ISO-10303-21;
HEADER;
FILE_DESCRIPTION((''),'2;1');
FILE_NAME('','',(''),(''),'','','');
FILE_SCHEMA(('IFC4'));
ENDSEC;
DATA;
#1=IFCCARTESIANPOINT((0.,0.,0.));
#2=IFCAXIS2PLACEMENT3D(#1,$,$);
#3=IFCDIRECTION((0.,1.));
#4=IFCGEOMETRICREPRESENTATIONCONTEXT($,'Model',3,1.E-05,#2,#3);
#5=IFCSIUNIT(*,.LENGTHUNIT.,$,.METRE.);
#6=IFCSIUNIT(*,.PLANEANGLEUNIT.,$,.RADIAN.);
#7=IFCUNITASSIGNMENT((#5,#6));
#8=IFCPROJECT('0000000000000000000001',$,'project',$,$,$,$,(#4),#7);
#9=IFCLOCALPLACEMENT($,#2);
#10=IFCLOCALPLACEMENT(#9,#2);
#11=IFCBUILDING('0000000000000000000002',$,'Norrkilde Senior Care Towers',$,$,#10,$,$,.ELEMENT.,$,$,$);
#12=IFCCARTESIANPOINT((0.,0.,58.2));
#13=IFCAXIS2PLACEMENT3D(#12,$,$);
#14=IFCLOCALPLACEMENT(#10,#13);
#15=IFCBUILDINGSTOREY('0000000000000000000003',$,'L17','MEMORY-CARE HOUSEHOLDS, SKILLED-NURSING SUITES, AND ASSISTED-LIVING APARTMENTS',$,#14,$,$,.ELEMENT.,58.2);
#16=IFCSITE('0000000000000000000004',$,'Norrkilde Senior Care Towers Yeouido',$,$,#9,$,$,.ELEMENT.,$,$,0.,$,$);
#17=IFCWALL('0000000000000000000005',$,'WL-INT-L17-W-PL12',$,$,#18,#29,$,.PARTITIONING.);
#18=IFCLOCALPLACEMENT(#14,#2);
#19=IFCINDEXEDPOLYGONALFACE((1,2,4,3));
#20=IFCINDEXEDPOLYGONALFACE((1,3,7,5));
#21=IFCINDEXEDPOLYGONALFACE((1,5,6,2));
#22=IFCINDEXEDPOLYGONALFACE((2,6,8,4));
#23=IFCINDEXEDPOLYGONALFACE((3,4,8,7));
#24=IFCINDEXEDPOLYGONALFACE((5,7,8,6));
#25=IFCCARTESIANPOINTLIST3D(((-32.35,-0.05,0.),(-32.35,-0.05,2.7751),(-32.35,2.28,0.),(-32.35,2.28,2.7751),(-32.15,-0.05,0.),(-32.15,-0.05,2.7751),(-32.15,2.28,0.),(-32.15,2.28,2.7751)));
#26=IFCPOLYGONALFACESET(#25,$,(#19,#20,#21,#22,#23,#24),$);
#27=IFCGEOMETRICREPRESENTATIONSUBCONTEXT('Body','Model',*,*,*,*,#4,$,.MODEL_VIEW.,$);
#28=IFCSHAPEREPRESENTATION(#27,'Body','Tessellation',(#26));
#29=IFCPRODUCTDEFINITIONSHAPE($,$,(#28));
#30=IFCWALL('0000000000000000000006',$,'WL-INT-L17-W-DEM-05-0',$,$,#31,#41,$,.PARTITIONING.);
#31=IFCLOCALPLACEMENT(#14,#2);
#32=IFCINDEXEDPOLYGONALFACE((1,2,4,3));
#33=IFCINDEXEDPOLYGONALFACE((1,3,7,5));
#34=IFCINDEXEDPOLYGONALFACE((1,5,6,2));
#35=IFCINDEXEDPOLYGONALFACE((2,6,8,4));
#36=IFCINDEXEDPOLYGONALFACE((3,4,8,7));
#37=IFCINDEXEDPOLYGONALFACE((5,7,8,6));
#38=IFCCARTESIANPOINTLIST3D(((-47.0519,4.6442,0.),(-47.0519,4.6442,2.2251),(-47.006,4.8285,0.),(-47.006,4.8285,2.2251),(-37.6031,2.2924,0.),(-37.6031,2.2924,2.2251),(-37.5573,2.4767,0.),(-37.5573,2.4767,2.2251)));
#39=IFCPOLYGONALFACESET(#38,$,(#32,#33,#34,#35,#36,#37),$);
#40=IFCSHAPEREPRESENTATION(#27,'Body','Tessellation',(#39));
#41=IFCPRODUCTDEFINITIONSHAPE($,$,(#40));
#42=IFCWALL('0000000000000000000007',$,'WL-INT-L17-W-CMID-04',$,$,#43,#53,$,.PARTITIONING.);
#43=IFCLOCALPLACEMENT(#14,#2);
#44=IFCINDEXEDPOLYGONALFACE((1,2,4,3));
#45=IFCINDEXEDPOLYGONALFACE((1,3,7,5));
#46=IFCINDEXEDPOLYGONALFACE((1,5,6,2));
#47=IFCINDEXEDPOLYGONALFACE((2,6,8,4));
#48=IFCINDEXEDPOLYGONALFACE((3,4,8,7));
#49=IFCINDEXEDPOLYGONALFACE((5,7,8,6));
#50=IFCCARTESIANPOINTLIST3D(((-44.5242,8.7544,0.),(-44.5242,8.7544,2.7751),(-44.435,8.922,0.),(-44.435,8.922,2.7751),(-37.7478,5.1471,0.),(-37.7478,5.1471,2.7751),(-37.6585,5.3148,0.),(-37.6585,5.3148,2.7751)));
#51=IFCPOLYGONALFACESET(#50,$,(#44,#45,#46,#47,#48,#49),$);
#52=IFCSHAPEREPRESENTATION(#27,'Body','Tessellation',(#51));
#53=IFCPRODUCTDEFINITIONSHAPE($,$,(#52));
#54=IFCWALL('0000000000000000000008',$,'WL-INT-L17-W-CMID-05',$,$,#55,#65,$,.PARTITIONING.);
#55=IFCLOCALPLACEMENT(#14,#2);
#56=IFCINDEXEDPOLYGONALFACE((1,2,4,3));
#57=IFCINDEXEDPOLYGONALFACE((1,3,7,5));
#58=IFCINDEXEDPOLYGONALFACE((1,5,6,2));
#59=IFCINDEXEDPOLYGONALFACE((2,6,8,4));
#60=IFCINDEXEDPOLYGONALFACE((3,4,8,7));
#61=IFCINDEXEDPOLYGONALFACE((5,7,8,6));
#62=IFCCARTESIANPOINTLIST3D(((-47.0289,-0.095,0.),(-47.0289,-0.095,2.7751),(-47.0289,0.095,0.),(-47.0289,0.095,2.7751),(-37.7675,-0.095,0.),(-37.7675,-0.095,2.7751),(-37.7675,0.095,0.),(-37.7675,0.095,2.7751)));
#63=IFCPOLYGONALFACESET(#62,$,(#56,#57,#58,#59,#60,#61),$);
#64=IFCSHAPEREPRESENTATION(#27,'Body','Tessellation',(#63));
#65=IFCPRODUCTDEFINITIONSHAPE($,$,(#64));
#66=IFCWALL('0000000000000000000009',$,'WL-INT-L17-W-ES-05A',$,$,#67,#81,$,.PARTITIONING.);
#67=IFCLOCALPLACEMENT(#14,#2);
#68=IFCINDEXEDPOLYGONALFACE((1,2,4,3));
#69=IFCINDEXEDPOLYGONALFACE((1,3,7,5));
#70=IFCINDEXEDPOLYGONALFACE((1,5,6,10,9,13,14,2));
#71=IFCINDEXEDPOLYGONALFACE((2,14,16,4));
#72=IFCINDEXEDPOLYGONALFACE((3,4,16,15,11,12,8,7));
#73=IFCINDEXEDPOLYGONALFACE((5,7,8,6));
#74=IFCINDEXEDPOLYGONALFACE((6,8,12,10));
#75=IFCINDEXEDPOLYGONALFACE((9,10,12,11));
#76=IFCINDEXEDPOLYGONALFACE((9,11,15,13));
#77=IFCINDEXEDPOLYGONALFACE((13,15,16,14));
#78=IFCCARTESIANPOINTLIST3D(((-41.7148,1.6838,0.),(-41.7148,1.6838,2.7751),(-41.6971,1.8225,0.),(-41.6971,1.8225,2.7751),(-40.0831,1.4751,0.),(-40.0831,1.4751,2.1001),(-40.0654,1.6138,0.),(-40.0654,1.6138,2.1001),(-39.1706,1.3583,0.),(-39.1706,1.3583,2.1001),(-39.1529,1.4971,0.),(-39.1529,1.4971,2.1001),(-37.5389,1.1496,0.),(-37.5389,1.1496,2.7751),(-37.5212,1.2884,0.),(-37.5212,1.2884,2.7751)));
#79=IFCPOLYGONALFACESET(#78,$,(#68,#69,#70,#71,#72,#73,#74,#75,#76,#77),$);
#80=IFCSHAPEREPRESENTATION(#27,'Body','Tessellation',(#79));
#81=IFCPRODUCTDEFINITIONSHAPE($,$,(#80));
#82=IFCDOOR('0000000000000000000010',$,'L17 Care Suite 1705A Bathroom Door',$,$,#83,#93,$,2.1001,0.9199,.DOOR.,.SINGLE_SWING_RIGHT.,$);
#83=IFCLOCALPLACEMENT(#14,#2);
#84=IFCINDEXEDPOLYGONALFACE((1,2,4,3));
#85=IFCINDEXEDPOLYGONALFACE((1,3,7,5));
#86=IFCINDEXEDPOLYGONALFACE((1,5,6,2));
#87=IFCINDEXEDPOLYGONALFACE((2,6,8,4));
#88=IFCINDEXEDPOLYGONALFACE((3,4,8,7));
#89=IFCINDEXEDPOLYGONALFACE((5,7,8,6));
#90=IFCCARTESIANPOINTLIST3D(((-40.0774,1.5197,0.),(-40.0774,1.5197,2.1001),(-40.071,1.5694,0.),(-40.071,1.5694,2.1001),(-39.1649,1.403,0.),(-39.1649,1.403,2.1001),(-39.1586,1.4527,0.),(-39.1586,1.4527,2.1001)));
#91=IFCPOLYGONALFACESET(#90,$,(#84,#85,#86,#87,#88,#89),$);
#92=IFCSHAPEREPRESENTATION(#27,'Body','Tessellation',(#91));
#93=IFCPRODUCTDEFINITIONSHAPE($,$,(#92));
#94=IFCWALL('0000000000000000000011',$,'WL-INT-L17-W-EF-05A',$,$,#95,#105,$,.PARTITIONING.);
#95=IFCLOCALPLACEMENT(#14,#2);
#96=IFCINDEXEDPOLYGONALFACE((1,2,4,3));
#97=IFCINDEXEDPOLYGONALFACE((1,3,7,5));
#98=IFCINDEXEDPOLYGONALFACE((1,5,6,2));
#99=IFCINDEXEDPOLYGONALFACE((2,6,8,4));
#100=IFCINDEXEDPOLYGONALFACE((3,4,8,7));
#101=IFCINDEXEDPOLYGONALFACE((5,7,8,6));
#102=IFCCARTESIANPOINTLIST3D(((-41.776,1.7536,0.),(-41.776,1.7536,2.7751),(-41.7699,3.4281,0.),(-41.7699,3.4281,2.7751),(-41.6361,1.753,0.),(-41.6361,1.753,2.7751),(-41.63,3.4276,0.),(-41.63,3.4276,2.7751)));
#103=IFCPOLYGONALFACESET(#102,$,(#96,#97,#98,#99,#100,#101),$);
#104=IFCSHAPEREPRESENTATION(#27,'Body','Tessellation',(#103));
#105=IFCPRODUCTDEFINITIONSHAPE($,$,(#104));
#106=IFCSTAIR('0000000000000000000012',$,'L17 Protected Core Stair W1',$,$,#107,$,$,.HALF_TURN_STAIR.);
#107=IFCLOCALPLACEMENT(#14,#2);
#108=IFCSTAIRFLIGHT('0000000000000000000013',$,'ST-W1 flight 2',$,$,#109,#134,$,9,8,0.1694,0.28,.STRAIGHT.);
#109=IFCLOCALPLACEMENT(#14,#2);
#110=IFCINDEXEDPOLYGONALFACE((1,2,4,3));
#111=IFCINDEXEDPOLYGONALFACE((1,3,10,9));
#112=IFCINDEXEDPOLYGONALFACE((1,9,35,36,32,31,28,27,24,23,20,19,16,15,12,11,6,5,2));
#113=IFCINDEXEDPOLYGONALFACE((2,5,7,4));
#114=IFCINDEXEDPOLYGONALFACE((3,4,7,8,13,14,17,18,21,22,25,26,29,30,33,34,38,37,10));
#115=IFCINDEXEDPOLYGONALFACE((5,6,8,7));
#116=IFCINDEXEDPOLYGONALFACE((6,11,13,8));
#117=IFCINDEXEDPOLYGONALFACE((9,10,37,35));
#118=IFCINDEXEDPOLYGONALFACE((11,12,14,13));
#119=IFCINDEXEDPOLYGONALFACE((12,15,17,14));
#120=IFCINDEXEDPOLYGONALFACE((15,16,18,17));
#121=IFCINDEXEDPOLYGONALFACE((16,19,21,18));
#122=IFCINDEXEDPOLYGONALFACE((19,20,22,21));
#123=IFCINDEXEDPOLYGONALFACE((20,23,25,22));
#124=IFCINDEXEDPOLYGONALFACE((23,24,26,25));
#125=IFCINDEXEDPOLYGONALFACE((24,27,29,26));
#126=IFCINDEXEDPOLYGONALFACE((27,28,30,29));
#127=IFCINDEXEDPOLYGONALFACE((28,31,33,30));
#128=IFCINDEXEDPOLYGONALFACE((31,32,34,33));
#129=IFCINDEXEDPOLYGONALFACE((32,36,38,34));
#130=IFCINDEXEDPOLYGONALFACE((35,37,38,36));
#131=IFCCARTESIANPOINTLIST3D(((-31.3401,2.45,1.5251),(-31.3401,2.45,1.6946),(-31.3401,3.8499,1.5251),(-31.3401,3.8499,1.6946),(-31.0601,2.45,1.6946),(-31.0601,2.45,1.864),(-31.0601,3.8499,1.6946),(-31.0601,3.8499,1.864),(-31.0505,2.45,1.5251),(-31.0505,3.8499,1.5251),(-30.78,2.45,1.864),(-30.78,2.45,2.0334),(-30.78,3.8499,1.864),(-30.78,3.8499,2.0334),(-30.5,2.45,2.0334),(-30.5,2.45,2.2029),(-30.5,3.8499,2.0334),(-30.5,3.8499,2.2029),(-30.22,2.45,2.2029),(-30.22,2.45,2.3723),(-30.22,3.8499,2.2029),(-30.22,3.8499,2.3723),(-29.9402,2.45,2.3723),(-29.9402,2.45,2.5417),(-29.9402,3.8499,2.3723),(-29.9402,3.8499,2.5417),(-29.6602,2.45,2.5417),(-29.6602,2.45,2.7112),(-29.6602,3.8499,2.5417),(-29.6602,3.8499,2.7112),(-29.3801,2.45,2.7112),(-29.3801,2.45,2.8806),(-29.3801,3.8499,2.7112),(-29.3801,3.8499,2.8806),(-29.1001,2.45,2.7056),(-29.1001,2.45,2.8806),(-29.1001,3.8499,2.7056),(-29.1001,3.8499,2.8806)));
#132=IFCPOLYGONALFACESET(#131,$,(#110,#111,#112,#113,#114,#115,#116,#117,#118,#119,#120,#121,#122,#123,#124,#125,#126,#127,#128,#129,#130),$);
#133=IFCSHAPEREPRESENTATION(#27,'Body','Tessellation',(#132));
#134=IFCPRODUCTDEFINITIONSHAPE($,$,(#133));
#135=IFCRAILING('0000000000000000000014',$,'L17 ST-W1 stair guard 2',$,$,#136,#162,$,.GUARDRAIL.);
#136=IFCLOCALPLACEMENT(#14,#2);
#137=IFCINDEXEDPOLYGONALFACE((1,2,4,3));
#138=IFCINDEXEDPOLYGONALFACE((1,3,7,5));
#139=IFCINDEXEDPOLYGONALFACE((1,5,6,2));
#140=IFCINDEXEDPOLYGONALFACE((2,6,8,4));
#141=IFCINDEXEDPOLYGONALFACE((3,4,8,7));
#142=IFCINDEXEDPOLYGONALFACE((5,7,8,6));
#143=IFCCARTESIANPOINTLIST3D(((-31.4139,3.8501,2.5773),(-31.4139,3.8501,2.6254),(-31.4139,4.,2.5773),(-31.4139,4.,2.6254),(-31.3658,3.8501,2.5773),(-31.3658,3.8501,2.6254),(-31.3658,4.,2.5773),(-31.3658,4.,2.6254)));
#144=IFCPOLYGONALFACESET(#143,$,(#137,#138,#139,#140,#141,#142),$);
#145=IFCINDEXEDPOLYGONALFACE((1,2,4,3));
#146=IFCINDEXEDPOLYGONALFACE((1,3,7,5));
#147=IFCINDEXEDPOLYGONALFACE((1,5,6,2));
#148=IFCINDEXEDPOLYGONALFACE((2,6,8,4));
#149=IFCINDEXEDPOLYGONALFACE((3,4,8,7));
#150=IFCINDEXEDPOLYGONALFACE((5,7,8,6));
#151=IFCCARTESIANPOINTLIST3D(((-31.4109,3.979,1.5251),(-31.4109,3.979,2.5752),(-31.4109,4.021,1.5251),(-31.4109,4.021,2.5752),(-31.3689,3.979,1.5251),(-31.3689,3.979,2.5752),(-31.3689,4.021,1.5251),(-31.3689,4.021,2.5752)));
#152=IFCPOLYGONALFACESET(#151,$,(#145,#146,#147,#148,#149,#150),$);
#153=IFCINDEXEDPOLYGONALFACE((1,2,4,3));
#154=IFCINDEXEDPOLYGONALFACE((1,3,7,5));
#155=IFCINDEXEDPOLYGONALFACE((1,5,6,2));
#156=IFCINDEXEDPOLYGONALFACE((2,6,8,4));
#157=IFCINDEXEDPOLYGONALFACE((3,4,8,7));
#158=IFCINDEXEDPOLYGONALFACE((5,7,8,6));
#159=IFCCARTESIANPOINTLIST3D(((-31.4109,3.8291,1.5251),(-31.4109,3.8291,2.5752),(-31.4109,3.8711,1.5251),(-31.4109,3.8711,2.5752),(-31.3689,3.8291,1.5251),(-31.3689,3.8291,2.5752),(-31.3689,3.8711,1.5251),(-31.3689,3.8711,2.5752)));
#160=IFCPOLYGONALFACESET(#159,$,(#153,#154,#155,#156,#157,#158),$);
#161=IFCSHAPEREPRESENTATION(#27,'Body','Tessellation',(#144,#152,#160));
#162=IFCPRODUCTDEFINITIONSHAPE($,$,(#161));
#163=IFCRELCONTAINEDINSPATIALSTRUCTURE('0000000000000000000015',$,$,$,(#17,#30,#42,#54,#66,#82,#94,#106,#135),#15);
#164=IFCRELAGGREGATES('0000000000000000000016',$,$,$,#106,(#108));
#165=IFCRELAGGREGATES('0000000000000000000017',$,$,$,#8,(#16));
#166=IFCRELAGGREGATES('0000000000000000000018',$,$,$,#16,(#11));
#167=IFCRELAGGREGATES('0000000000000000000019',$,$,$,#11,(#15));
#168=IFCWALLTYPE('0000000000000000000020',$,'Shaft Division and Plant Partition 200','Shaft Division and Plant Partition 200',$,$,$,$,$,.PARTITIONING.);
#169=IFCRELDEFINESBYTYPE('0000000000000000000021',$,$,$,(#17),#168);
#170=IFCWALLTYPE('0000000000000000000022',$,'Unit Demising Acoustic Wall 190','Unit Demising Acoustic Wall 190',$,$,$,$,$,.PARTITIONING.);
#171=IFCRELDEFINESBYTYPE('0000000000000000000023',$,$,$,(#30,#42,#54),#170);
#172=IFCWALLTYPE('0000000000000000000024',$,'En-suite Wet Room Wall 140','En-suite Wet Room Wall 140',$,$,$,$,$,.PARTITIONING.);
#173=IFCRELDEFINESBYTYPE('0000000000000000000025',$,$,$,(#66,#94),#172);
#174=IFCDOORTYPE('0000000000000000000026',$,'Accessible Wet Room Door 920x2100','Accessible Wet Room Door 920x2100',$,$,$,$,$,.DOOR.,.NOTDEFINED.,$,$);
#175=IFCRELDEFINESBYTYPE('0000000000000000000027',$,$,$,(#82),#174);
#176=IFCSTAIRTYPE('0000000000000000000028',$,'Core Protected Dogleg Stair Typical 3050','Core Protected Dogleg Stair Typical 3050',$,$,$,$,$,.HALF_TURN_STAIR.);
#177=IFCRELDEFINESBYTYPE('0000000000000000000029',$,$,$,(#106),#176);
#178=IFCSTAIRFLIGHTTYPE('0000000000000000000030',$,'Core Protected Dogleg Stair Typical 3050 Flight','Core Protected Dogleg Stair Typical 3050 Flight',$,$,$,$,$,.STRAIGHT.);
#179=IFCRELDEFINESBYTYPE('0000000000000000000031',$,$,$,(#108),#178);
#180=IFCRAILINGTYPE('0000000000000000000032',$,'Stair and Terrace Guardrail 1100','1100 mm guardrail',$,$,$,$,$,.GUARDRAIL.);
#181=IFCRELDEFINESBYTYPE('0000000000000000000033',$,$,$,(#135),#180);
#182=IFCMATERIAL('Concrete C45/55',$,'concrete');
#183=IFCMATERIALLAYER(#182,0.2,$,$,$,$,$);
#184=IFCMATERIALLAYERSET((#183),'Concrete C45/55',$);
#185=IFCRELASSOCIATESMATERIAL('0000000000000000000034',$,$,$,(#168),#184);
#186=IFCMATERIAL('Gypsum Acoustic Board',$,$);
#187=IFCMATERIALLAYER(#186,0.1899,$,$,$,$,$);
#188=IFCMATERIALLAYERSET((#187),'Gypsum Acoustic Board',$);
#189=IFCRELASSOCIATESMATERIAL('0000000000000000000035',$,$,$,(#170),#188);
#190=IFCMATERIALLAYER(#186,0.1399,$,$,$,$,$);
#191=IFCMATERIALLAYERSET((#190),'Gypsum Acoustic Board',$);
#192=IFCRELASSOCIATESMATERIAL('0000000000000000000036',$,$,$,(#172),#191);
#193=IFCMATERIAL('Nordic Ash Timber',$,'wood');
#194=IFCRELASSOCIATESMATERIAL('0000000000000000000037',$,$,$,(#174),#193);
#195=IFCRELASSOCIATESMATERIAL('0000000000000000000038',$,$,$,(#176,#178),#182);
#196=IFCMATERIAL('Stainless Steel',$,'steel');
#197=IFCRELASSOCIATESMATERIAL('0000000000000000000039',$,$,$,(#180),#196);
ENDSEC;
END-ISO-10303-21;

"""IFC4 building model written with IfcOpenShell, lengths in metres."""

from ifc_helpers import new_model, si_unit, direction, frame, frame_2d, origin, origin_2d, place, context, subcontext, project, spatial, polyline, rectangle, outline, extrude, source, transform, mapped, material, layer, layer_set, type_object, type_shapes, element, fill, aggregate, save


model = new_model("IFC4")

# Units and contexts
model_context = context("Model", 3, precision=1e-05, world=origin(), true_north=direction((0.0, 1.0)))
body_context = subcontext(model_context, "Body", "Model", "MODEL_VIEW")
ifc_project = project(units=[si_unit("LENGTHUNIT", "METRE"), si_unit("PLANEANGLEUNIT", "RADIAN")], contexts=[model_context])

# Site, building, storey
site_placement = place(None, origin())
site = spatial("IfcSite", under=ifc_project, at=site_placement, Name="Norrkilde Senior Care Towers Yeouido", CompositionType="ELEMENT", RefElevation=0.0)
building_placement = place(site_placement, origin())
building = spatial("IfcBuilding", under=site, at=building_placement, Name="Norrkilde Senior Care Towers", CompositionType="ELEMENT")
storey_placement = place(building_placement, frame((0.0, 0.0, 58.2)))
storey = spatial("IfcBuildingStorey", under=building, at=storey_placement, Name="L17", Description="MEMORY-CARE HOUSEHOLDS, SKILLED-NURSING SUITES, AND ASSISTED-LIVING APARTMENTS", CompositionType="ELEMENT", Elevation=58.2)

# Walls
ifc_material_1 = material(Name="Concrete C45/55", Category="concrete")
ifc_layer_1 = layer(ifc_material_1, 0.2)
ifc_layer_set_1 = layer_set([ifc_layer_1], Name="Concrete C45/55")
wall_type_1 = type_object("IfcWallType", Name="Shaft Division and Plant Partition 200", Description="Shaft Division and Plant Partition 200", PredefinedType="PARTITIONING", material=ifc_layer_set_1)
shared_shape_1 = source(origin(), body_context, "Body", "SweptSolid", [
    extrude(rectangle(XDim=2.3301, YDim=0.2, at=frame_2d((1.165, 0.0))), origin(), (0.0, 0.0, 1.0), 2.7751),
])
type_shapes(wall_type_1, [shared_shape_1])
wall_1_placement = place(storey_placement, frame((-32.25, -0.05, 0.0), z_axis=(0.0, 0.0, 1.0), x_axis=(0.0, 1.0, 0.0)))
element("IfcWall", 1, at=wall_1_placement, inside=storey, type_object=wall_type_1, Name="WL-INT-L17-W-PL12", PredefinedType="PARTITIONING", context=body_context, shape_type="MappedRepresentation", body=[
    mapped(shared_shape_1, transform((0.0, 0.0, 0.0), x_axis=(1.0, 0.0, 0.0), y_axis=(0.0, 1.0, 0.0), z_axis=(0.0, 0.0, 1.0), scale=1.0)),
])
ifc_material_2 = material(Name="Gypsum Acoustic Board")
ifc_layer_2 = layer(ifc_material_2, 0.1899)
ifc_layer_set_2 = layer_set([ifc_layer_2], Name="Gypsum Acoustic Board")
wall_type_2 = type_object("IfcWallType", Name="Unit Demising Acoustic Wall 190", Description="Unit Demising Acoustic Wall 190", PredefinedType="PARTITIONING", material=ifc_layer_set_2)
shared_shape_2 = source(origin(), body_context, "Body", "SweptSolid", [
    extrude(rectangle(XDim=9.7371, YDim=0.1899, at=frame_2d((4.8687, 0.0))), origin(), (0.0, 0.0, 1.0), 2.2251),
])
wall_2_placement = place(storey_placement, frame((-37.5801, 2.3845, 0.0), z_axis=(0.0, 0.0, 1.0), x_axis=(-0.970393, 0.241533, 0.0)))
element("IfcWall", 2, at=wall_2_placement, inside=storey, type_object=wall_type_2, Name="WL-INT-L17-W-DEM-05-0", PredefinedType="PARTITIONING", context=body_context, shape_type="MappedRepresentation", body=[
    mapped(shared_shape_2, transform((0.0, 0.0, 0.0), x_axis=(1.0, 0.0, 0.0), y_axis=(0.0, 1.0, 0.0), z_axis=(0.0, 0.0, 1.0), scale=1.0)),
])
shared_shape_3 = source(origin(), body_context, "Body", "SweptSolid", [
    extrude(rectangle(XDim=7.6768, YDim=0.1899, at=frame_2d((3.8384, 0.0))), origin(), (0.0, 0.0, 1.0), 2.7751),
])
wall_3_placement = place(storey_placement, frame((-37.7031, 5.231, 0.0), z_axis=(0.0, 0.0, 1.0), x_axis=(-0.882725, 0.46989, 0.0)))
element("IfcWall", 3, at=wall_3_placement, inside=storey, type_object=wall_type_2, Name="WL-INT-L17-W-CMID-04", PredefinedType="PARTITIONING", context=body_context, shape_type="MappedRepresentation", body=[
    mapped(shared_shape_3, transform((0.0, 0.0, 0.0), x_axis=(1.0, 0.0, 0.0), y_axis=(0.0, 1.0, 0.0), z_axis=(0.0, 0.0, 1.0), scale=1.0)),
])
shared_shape_4 = source(origin(), body_context, "Body", "SweptSolid", [
    extrude(rectangle(XDim=9.2615, YDim=0.1899, at=frame_2d((4.6309, 0.0))), origin(), (0.0, 0.0, 1.0), 2.7751),
])
type_shapes(wall_type_2, [shared_shape_2, shared_shape_3, shared_shape_4])
wall_4_placement = place(storey_placement, frame((-37.7673, 0.0, 0.0), z_axis=(0.0, 0.0, 1.0), x_axis=(-1.0, 0.0, 0.0)))
element("IfcWall", 4, at=wall_4_placement, inside=storey, type_object=wall_type_2, Name="WL-INT-L17-W-CMID-05", PredefinedType="PARTITIONING", context=body_context, shape_type="MappedRepresentation", body=[
    mapped(shared_shape_4, transform((0.0, 0.0, 0.0), x_axis=(1.0, 0.0, 0.0), y_axis=(0.0, 1.0, 0.0), z_axis=(0.0, 0.0, 1.0), scale=1.0)),
])

# Wall, opening, door
ifc_layer_3 = layer(ifc_material_2, 0.1399)
ifc_layer_set_3 = layer_set([ifc_layer_3], Name="Gypsum Acoustic Board")
wall_type_3 = type_object("IfcWallType", Name="En-suite Wet Room Wall 140", Description="En-suite Wet Room Wall 140", PredefinedType="PARTITIONING", material=ifc_layer_set_3)
shared_shape_5 = source(origin(), body_context, "Body", "SweptSolid", [
    extrude(rectangle(XDim=4.21, YDim=0.1399, at=frame_2d((2.105, 0.0))), origin(), (0.0, 0.0, 1.0), 2.7751),
])
wall_5_placement = place(storey_placement, frame((-37.53, 1.219, 0.0), z_axis=(0.0, 0.0, 1.0), x_axis=(-0.991918, 0.126882, 0.0)))
wall_5 = element("IfcWall", 5, at=wall_5_placement, inside=storey, type_object=wall_type_3, Name="WL-INT-L17-W-ES-05A", PredefinedType="PARTITIONING", context=body_context, shape_type="MappedRepresentation", body=[
    mapped(shared_shape_5, transform((0.0, 0.0, 0.0), x_axis=(1.0, 0.0, 0.0), y_axis=(0.0, 1.0, 0.0), z_axis=(0.0, 0.0, 1.0), scale=1.0)),
])
opening_placement = place(wall_5_placement, frame((1.645, 0.0, 0.0)))
opening = element("IfcOpeningElement", 6, at=opening_placement, cuts=wall_5, PredefinedType="OPENING", context=body_context, shape_type="SweptSolid", body=[
    extrude(rectangle(XDim=0.9199, YDim=2.1001, at=frame_2d((0.46, 1.05))), frame((0.0, 0.0798, 0.0), z_axis=(0.0, -1.0, 0.0), x_axis=(1.0, 0.0, 0.0)), (0.0, 0.0, 1.0), 0.1599),
])
ifc_material_3 = material(Name="Nordic Ash Timber", Category="wood")
door_type = type_object("IfcDoorType", Name="Accessible Wet Room Door 920x2100", Description="Accessible Wet Room Door 920x2100", OperationType="NOTDEFINED", PredefinedType="DOOR", material=ifc_material_3)
shared_shape_6 = source(origin(), body_context, "Body", "SweptSolid", [
    extrude(rectangle(XDim=0.9199, YDim=2.1001, at=frame_2d((0.46, 1.05))), frame((0.0, 0.0249, 0.0), z_axis=(0.0, -1.0, 0.0), x_axis=(1.0, 0.0, 0.0)), (0.0, 0.0, 1.0), 0.05),
])
type_shapes(door_type, [shared_shape_6])
door_placement = place(opening_placement, origin())
door = element("IfcDoor", 7, at=door_placement, inside=storey, type_object=door_type, Name="L17 Care Suite 1705A Bathroom Door", OperationType="SINGLE_SWING_RIGHT", OverallHeight=2.1001, OverallWidth=0.9199, PredefinedType="DOOR", context=body_context, shape_type="MappedRepresentation", body=[
    mapped(shared_shape_6, transform((0.0, 0.0, 0.0), x_axis=(1.0, 0.0, 0.0), y_axis=(0.0, 1.0, 0.0), z_axis=(0.0, 0.0, 1.0), scale=1.0)),
])
fill(opening, door)

# Wall
shared_shape_7 = source(origin(), body_context, "Body", "SweptSolid", [
    extrude(rectangle(XDim=1.6746, YDim=0.1399, at=frame_2d((0.8374, 0.0))), origin(), (0.0, 0.0, 1.0), 2.7751),
])
type_shapes(wall_type_3, [shared_shape_5, shared_shape_7])
wall_6_placement = place(storey_placement, frame((-41.7061, 1.7532, 0.0), z_axis=(0.0, 0.0, 1.0), x_axis=(0.003645, 0.999993, 0.0)))
element("IfcWall", 8, at=wall_6_placement, inside=storey, type_object=wall_type_3, Name="WL-INT-L17-W-EF-05A", PredefinedType="PARTITIONING", context=body_context, shape_type="MappedRepresentation", body=[
    mapped(shared_shape_7, transform((0.0, 0.0, 0.0), x_axis=(1.0, 0.0, 0.0), y_axis=(0.0, 1.0, 0.0), z_axis=(0.0, 0.0, 1.0), scale=1.0)),
])

# Stair, stair flight
stair_type = type_object("IfcStairType", Name="Core Protected Dogleg Stair Typical 3050", Description="Core Protected Dogleg Stair Typical 3050", PredefinedType="HALF_TURN_STAIR", material=ifc_material_1)
stair_placement = place(storey_placement, origin())
stair = element("IfcStair", 9, at=stair_placement, inside=storey, type_object=stair_type, Name="L17 Protected Core Stair W1", PredefinedType="HALF_TURN_STAIR")
stair_flight_type = type_object("IfcStairFlightType", Name="Core Protected Dogleg Stair Typical 3050 Flight", Description="Core Protected Dogleg Stair Typical 3050 Flight", PredefinedType="STRAIGHT", material=ifc_material_1)
stair_flight_placement = place(storey_placement, frame((-31.3401, 3.1499, 1.5251), z_axis=(0.0, 0.0, 1.0), x_axis=(1.0, 0.0, 0.0)))
stair_flight = element("IfcStairFlight", 10, at=stair_flight_placement, type_object=stair_flight_type, Name="ST-W1 flight 2", NumberOfRisers=9, NumberOfTreads=8, PredefinedType="STRAIGHT", RiserHeight=0.1694, TreadLength=0.28, context=body_context, shape_type="SweptSolid", body=[
    extrude(outline(polyline([(0.0, 0.0), (0.0, 0.1694), (0.28, 0.1694), (0.28, 0.3389), (0.5601, 0.3389), (0.5601, 0.5083), (0.8401, 0.5083), (0.8401, 0.6777), (1.1201, 0.6777), (1.1201, 0.8472), (1.3999, 0.8472), (1.3999, 1.0166), (1.6799, 1.0166), (1.6799, 1.186), (1.96, 1.186), (1.96, 1.3555), (2.24, 1.3555), (2.24, 1.5249), (2.24, 1.1804), (0.2896, 0.0), (0.0, 0.0)])), frame((0.0, 0.7, 0.0), z_axis=(0.0, -1.0, 0.0), x_axis=(1.0, 0.0, 0.0)), (0.0, 0.0, 1.0), 1.3999),
])
aggregate(stair, [stair_flight])

# Railing
ifc_material_4 = material(Name="Stainless Steel", Category="steel")
railing_type_1 = type_object("IfcRailingType", Name="Stair and Terrace Guardrail 1100", Description="1100 mm guardrail", PredefinedType="GUARDRAIL", material=ifc_material_4)
railing_1_placement = place(storey_placement, frame((-31.3899, 4.0, 1.5251)))
element("IfcRailing", 11, at=railing_1_placement, inside=storey, type_object=railing_type_1, Name="L17 ST-W1 stair guard 2", PredefinedType="GUARDRAIL", context=body_context, shape_type="SweptSolid", body=[
    extrude(rectangle(XDim=0.0481, YDim=0.0481, at=origin_2d()), frame((0.0, 0.0, 1.0762), z_axis=(0.0, -1.0, 0.0), x_axis=(1.0, 0.0, 0.0)), (0.0, 0.0, 1.0), 0.1499),
    extrude(rectangle(XDim=0.042, YDim=0.042, at=origin_2d()), origin(), (0.0, 0.0, 1.0), 1.05),
    extrude(rectangle(XDim=0.042, YDim=0.042, at=origin_2d()), frame((0.0, -0.1499, 0.0)), (0.0, 0.0, 1.0), 1.05),
])

save(model, "model.ifc")
